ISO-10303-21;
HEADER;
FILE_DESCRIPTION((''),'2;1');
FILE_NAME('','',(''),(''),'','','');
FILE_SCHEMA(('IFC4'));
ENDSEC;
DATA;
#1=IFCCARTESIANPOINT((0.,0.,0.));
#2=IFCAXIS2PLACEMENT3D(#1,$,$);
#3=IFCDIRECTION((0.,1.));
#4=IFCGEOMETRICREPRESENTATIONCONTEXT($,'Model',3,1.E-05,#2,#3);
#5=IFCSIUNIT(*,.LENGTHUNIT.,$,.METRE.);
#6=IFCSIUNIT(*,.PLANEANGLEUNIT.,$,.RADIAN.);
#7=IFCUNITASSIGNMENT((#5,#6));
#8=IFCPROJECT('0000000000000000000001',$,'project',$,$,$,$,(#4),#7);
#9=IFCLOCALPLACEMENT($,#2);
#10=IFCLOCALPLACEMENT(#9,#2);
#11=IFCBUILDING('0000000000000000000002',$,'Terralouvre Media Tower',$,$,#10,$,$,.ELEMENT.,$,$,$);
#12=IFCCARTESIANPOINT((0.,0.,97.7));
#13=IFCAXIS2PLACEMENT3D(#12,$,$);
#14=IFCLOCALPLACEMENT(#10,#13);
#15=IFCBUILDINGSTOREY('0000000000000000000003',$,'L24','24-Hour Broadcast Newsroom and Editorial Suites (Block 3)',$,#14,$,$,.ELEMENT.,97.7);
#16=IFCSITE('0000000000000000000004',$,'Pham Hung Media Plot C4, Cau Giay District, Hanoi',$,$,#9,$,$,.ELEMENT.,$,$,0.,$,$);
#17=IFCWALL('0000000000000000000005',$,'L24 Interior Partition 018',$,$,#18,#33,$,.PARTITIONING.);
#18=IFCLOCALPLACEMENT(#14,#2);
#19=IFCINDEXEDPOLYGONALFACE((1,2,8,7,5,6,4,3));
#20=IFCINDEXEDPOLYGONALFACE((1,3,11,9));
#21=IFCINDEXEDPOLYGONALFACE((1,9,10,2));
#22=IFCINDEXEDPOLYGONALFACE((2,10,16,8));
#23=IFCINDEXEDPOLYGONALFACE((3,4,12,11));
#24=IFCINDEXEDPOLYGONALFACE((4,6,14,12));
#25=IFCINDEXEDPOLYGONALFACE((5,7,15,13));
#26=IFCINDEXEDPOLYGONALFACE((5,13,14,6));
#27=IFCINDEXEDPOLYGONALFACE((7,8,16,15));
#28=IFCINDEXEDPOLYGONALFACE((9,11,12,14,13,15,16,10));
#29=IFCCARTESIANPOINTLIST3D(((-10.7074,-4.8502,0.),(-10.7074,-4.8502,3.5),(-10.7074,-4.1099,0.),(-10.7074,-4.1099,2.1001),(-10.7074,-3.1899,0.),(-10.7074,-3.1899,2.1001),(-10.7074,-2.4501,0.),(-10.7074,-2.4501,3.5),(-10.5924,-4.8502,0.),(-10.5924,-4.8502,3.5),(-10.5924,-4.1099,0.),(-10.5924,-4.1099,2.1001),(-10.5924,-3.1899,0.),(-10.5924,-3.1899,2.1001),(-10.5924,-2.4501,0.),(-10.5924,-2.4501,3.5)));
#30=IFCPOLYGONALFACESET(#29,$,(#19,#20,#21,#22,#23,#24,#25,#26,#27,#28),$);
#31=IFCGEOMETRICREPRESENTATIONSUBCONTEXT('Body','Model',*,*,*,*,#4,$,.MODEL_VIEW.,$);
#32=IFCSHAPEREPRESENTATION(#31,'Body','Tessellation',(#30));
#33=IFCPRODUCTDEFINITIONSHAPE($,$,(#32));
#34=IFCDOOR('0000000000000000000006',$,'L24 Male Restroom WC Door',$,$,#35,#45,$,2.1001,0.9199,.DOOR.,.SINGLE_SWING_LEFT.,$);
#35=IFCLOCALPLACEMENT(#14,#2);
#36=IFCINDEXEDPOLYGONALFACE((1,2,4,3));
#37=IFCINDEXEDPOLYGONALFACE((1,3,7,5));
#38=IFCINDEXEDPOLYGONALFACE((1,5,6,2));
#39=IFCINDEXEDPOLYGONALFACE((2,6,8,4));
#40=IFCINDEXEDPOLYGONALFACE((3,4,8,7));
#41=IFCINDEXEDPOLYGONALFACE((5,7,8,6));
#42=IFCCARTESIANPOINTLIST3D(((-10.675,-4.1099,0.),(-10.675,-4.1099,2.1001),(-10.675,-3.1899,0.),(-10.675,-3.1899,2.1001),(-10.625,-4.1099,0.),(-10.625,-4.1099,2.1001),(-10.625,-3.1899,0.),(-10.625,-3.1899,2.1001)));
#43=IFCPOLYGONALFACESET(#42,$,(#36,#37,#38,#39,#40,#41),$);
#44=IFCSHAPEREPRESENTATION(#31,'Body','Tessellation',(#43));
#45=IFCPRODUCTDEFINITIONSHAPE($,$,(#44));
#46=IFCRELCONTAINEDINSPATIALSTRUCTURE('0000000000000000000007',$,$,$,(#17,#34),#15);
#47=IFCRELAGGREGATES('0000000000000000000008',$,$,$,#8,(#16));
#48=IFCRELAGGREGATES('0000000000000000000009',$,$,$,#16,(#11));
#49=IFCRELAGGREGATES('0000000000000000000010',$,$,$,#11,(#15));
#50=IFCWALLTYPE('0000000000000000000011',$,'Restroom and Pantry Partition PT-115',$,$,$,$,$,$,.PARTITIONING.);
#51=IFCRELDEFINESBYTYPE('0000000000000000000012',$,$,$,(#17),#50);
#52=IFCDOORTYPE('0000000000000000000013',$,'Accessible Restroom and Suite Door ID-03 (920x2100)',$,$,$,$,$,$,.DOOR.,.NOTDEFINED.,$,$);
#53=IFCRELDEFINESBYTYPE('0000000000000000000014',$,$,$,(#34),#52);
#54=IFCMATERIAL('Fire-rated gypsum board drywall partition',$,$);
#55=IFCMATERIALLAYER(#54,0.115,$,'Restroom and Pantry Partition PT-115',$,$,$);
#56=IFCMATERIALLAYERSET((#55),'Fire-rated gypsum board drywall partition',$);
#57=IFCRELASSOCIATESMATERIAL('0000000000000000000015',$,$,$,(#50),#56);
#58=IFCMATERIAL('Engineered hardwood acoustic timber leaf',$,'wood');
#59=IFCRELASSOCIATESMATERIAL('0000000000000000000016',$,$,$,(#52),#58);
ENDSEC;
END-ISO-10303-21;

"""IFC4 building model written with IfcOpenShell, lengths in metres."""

from ifc_helpers import new_model, si_unit, direction, frame, frame_2d, origin, place, context, subcontext, project, spatial, rectangle, extrude, material, layer, layer_set, type_object, element, fill, save


model = new_model("IFC4")

# Units and contexts
model_context = context("Model", 3, precision=1e-05, world=origin(), true_north=direction((0.0, 1.0)))
body_context = subcontext(model_context, "Body", "Model", "MODEL_VIEW")
ifc_project = project(units=[si_unit("LENGTHUNIT", "METRE"), si_unit("PLANEANGLEUNIT", "RADIAN")], contexts=[model_context])

# Site, building, storey
site_placement = place(None, origin())
site = spatial("IfcSite", under=ifc_project, at=site_placement, Name="Pham Hung Media Plot C4, Cau Giay District, Hanoi", CompositionType="ELEMENT", RefElevation=0.0)
building_placement = place(site_placement, origin())
building = spatial("IfcBuilding", under=site, at=building_placement, Name="Terralouvre Media Tower", CompositionType="ELEMENT")
storey_placement = place(building_placement, frame((0.0, 0.0, 97.7)))
storey = spatial("IfcBuildingStorey", under=building, at=storey_placement, Name="L24", Description="24-Hour Broadcast Newsroom and Editorial Suites (Block 3)", CompositionType="ELEMENT", Elevation=97.7)

# Wall, opening, door
ifc_material_1 = material(Name="Fire-rated gypsum board drywall partition")
ifc_layer_1 = layer(ifc_material_1, 0.115, Name="Restroom and Pantry Partition PT-115")
ifc_layer_set_1 = layer_set([ifc_layer_1], Name="Fire-rated gypsum board drywall partition")
wall_type_1 = type_object("IfcWallType", Name="Restroom and Pantry Partition PT-115", PredefinedType="PARTITIONING", material=ifc_layer_set_1)
wall_1_placement = place(storey_placement, frame((-10.6499, -2.45, 0.0), z_axis=(0.0, 0.0, 1.0), x_axis=(0.0, -1.0, 0.0)))
wall_1 = element("IfcWall", 1, at=wall_1_placement, inside=storey, type_object=wall_type_1, Name="L24 Interior Partition 018", PredefinedType="PARTITIONING", context=body_context, shape_type="SweptSolid", body=[
    extrude(rectangle(XDim=2.4001, YDim=0.115, at=frame_2d((1.2002, 0.0))), origin(), (0.0, 0.0, 1.0), 3.5),
])
opening_1_placement = place(wall_1_placement, frame((0.74, 0.0, 0.0)))
opening_1 = element("IfcOpeningElement", 2, at=opening_1_placement, cuts=wall_1, PredefinedType="OPENING", context=body_context, shape_type="SweptSolid", body=[
    extrude(rectangle(XDim=0.9199, YDim=2.1001, at=frame_2d((0.46, 1.05))), frame((0.0, 0.0674, 0.0), z_axis=(0.0, -1.0, 0.0), x_axis=(1.0, 0.0, 0.0)), (0.0, 0.0, 1.0), 0.135),
])
ifc_material_2 = material(Name="Engineered hardwood acoustic timber leaf", Category="wood")
door_type_1 = type_object("IfcDoorType", Name="Accessible Restroom and Suite Door ID-03 (920x2100)", OperationType="NOTDEFINED", PredefinedType="DOOR", material=ifc_material_2)
door_1_placement = place(opening_1_placement, origin())
door_1 = element("IfcDoor", 3, at=door_1_placement, inside=storey, type_object=door_type_1, Name="L24 Male Restroom WC Door", OperationType="SINGLE_SWING_LEFT", OverallHeight=2.1001, OverallWidth=0.9199, PredefinedType="DOOR", context=body_context, shape_type="SweptSolid", body=[
    extrude(rectangle(XDim=0.9199, YDim=2.1001, at=frame_2d((0.46, 1.05))), frame((0.0, 0.0249, 0.0), z_axis=(0.0, -1.0, 0.0), x_axis=(1.0, 0.0, 0.0)), (0.0, 0.0, 1.0), 0.05),
])
fill(opening_1, door_1)

save(model, "model.ifc")
